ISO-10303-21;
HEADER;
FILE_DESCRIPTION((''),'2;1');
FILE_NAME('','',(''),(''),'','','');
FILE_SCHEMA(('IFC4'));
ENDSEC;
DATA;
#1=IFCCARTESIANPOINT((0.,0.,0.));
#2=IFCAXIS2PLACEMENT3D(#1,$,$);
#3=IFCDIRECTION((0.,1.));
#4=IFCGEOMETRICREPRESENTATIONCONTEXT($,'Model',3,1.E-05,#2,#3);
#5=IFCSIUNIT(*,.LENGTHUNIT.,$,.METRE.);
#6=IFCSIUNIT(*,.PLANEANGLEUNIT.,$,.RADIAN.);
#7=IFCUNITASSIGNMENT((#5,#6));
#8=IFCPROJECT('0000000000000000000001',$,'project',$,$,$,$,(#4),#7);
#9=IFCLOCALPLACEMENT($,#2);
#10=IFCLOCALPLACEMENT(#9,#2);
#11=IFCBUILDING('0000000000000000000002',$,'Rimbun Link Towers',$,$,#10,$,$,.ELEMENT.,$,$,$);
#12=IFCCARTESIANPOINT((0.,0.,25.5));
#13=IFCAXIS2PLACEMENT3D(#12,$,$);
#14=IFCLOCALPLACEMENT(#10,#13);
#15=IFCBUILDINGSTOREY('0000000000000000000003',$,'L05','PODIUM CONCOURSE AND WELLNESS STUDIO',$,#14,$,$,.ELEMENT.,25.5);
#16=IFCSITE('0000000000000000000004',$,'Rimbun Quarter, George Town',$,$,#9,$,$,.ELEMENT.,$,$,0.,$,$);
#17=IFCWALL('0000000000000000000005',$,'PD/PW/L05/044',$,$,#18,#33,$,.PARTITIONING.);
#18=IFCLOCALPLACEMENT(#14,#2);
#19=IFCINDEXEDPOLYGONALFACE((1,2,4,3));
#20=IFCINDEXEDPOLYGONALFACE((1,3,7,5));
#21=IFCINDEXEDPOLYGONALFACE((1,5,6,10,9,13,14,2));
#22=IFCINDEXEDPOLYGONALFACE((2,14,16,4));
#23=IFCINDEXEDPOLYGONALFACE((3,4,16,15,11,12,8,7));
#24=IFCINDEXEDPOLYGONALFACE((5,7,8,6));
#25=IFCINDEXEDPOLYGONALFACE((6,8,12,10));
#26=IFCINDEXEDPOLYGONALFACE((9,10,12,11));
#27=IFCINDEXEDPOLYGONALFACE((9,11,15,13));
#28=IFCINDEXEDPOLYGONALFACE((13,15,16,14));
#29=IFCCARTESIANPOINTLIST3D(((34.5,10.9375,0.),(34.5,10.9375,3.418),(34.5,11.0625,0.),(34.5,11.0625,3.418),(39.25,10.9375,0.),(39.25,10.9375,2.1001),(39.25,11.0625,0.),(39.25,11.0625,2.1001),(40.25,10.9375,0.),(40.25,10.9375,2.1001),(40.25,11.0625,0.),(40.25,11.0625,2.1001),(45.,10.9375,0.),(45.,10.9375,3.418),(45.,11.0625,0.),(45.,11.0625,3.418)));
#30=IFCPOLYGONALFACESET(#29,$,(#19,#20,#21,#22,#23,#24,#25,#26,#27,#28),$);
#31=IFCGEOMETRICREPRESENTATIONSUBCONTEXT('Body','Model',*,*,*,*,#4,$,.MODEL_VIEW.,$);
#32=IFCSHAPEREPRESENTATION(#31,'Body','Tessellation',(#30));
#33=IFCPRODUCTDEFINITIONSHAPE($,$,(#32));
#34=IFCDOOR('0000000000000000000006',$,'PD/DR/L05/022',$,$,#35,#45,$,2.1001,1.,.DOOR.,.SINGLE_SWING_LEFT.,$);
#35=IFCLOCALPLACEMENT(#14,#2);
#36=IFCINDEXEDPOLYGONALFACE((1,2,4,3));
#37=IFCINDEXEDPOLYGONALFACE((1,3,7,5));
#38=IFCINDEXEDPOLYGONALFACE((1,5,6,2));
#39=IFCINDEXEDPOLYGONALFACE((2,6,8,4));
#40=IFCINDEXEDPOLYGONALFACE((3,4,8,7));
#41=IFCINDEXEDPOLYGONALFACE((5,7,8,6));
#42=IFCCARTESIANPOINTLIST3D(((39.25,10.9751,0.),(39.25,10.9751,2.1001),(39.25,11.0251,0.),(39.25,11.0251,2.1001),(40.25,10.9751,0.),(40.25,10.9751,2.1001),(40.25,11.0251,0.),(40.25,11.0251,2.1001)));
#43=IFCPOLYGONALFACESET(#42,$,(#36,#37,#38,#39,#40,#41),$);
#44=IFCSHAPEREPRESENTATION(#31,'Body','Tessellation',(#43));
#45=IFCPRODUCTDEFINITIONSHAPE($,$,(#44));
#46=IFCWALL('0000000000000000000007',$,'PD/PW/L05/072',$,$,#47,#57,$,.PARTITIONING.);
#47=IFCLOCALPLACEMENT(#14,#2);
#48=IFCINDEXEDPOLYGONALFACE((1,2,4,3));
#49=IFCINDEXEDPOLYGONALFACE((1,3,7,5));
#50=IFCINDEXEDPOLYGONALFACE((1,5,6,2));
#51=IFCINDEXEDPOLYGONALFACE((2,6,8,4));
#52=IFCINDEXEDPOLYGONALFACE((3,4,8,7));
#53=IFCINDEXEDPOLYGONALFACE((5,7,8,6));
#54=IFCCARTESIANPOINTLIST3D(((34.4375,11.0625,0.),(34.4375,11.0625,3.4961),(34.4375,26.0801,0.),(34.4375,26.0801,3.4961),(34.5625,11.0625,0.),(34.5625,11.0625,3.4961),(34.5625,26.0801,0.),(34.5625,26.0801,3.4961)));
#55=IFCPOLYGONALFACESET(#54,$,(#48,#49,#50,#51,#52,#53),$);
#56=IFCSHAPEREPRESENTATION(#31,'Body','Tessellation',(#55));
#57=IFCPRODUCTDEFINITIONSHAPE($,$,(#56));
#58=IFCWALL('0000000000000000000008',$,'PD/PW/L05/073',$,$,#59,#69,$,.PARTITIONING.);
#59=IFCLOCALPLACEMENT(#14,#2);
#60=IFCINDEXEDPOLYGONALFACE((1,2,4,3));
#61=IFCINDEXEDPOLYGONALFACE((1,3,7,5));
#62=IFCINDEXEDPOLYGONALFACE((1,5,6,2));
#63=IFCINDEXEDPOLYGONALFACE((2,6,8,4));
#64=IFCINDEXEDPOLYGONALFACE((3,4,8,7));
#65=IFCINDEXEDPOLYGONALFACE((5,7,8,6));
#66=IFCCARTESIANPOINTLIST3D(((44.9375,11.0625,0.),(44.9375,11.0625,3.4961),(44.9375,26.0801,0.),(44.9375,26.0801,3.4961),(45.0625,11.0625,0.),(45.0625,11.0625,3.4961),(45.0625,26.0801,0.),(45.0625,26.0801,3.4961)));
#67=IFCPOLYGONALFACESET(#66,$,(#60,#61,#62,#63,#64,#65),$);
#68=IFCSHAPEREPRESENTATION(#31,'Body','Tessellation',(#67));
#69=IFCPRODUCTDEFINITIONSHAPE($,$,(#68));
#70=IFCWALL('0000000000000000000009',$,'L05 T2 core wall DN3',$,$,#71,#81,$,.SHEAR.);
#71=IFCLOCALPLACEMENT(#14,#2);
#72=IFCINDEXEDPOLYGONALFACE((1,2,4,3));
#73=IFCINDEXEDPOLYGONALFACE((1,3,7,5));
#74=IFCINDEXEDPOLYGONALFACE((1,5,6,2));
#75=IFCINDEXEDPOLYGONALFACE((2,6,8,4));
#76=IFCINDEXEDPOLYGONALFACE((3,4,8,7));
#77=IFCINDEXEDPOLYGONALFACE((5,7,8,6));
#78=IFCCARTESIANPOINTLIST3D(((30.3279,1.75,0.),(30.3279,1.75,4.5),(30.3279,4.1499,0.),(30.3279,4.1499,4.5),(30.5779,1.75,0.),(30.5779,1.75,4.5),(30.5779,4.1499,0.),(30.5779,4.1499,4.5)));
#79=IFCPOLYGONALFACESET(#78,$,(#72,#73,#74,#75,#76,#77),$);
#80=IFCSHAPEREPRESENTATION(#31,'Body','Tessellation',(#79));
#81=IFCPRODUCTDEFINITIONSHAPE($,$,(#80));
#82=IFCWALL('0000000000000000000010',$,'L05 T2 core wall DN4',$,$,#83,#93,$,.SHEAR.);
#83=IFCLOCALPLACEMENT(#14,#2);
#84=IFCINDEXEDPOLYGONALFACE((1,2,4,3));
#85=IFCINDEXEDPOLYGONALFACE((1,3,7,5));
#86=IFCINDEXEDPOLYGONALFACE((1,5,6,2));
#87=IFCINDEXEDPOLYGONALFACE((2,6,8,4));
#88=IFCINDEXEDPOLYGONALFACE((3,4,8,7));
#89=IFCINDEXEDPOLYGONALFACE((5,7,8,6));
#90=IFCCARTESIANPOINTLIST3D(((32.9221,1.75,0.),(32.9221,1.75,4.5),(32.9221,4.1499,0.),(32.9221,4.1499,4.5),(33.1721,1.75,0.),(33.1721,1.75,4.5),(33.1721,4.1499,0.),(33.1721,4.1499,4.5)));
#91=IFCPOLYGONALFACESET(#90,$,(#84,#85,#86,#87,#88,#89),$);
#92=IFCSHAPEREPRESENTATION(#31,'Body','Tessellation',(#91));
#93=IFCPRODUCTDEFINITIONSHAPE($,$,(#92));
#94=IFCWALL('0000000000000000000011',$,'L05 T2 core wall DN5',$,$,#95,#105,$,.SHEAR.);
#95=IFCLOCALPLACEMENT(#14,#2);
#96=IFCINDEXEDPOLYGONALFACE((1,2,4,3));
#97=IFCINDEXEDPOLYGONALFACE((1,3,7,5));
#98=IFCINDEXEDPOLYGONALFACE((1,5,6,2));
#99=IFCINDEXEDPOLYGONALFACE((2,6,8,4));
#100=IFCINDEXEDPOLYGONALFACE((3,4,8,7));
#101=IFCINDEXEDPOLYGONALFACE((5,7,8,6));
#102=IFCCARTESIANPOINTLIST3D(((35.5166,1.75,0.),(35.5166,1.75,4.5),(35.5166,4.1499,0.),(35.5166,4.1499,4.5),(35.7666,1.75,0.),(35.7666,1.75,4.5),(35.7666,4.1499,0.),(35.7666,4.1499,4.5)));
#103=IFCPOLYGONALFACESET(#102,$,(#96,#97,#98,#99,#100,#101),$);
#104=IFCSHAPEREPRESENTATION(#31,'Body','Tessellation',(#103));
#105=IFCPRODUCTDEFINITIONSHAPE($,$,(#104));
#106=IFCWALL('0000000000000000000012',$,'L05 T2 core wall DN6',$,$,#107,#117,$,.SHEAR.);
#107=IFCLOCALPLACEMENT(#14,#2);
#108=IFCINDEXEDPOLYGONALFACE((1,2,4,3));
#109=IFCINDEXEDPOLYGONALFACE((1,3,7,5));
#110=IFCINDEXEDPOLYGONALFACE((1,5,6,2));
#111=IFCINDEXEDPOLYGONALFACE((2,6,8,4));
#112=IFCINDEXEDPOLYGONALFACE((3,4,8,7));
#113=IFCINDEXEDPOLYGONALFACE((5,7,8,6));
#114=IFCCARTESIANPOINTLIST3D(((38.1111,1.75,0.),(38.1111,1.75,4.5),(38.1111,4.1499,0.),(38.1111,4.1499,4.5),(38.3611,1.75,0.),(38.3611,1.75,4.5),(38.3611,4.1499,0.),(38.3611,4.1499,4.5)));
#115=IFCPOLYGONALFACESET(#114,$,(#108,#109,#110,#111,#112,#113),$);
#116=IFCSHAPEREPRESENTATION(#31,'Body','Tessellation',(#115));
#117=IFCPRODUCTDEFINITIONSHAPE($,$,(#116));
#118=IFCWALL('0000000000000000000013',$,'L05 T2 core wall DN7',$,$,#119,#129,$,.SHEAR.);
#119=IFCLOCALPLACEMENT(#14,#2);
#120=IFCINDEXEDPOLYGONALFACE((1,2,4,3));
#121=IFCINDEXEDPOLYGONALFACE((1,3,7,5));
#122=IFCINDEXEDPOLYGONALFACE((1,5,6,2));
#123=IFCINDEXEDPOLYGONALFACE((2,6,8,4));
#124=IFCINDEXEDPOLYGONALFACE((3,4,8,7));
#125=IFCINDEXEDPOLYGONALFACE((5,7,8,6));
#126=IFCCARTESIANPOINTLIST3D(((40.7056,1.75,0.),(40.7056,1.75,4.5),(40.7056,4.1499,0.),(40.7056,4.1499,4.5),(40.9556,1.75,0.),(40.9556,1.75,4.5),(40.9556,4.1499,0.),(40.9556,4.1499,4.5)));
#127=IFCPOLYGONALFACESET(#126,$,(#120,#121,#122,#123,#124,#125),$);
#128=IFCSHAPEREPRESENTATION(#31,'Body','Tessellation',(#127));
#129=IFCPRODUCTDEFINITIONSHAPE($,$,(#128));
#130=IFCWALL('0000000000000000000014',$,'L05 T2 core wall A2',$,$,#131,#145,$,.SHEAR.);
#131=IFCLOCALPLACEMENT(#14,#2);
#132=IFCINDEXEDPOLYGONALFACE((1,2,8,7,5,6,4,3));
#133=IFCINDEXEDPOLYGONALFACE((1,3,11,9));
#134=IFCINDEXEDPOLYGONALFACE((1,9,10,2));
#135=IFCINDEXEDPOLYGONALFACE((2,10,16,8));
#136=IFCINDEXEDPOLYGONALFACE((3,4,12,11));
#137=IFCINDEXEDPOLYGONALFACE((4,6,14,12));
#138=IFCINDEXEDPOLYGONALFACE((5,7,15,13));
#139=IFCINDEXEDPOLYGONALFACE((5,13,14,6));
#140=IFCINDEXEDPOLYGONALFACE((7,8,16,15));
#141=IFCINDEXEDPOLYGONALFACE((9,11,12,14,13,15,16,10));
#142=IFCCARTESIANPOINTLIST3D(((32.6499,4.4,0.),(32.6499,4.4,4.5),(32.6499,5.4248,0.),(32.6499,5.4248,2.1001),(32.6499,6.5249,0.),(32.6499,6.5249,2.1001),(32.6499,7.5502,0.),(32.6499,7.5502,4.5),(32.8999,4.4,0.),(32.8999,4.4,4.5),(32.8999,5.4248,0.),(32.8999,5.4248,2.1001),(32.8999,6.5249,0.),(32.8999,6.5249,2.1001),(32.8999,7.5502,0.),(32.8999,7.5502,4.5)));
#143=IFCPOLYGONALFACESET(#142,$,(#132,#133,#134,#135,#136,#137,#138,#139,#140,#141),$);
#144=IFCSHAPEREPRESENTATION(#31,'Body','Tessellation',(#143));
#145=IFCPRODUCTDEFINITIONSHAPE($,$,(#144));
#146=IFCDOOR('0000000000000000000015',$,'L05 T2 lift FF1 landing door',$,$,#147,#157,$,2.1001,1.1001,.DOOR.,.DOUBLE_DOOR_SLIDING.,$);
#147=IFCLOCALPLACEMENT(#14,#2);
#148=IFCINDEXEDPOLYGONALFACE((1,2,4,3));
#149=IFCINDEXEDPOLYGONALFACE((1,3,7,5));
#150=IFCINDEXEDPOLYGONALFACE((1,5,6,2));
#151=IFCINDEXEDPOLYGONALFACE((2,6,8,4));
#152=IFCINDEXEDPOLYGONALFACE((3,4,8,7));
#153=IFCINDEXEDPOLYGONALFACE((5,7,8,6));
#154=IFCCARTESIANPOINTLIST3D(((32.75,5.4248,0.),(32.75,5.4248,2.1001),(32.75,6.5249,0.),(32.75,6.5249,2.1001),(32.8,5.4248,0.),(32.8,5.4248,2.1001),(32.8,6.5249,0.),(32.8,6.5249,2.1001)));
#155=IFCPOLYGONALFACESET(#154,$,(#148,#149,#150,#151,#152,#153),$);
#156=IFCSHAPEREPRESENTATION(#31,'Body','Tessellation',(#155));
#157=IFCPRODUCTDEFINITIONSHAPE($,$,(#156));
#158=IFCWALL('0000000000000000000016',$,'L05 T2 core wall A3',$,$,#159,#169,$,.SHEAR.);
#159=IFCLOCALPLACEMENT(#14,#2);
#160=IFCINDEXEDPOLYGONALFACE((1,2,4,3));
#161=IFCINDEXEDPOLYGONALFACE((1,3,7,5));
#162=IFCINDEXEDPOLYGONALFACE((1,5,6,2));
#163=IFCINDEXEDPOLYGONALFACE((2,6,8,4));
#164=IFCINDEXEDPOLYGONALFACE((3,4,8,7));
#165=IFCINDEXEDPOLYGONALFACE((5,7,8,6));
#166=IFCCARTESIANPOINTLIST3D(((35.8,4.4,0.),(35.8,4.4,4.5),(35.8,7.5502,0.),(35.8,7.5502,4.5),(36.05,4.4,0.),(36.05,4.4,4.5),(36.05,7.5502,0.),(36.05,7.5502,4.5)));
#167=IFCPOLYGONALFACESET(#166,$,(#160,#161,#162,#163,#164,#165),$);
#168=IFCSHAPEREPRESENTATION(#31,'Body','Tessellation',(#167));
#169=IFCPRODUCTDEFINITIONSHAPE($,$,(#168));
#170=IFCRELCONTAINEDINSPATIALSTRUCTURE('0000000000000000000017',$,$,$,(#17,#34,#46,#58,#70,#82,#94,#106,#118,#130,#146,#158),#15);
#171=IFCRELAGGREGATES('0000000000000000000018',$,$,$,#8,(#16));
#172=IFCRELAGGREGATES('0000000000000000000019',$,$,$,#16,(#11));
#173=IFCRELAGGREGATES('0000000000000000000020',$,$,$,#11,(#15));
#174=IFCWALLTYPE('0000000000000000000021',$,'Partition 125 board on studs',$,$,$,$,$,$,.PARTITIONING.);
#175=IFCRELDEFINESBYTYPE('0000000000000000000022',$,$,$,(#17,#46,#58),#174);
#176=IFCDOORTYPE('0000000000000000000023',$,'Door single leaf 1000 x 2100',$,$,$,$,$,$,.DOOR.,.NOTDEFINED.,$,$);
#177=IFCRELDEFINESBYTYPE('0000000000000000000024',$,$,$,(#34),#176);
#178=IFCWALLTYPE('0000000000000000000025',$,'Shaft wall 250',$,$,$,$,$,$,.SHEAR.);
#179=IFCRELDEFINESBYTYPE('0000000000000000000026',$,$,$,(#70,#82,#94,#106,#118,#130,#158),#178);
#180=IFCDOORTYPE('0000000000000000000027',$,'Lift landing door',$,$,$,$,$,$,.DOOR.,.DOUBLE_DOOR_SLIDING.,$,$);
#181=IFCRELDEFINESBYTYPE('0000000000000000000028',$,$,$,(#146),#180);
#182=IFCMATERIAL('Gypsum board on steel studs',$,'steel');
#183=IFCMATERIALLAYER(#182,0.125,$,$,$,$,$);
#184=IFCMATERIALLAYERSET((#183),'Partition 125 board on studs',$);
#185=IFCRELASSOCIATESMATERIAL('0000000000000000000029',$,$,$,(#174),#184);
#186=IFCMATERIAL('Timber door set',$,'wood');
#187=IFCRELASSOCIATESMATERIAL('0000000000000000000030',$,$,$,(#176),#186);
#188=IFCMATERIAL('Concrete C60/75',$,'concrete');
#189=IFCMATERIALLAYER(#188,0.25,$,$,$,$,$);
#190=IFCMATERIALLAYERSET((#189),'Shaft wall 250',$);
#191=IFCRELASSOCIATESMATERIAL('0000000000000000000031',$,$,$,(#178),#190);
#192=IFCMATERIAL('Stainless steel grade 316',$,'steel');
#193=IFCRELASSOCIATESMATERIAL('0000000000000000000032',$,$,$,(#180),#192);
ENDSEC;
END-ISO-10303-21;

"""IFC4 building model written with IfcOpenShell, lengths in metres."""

from ifc_helpers import new_model, si_unit, direction, frame, frame_2d, origin, place, context, subcontext, project, spatial, rectangle, extrude, material, layer, layer_set, type_object, element, fill, save


model = new_model("IFC4")

# Units and contexts
model_context = context("Model", 3, precision=1e-05, world=origin(), true_north=direction((0.0, 1.0)))
body_context = subcontext(model_context, "Body", "Model", "MODEL_VIEW")
ifc_project = project(units=[si_unit("LENGTHUNIT", "METRE"), si_unit("PLANEANGLEUNIT", "RADIAN")], contexts=[model_context])

# Site, building, storey
site_placement = place(None, origin())
site = spatial("IfcSite", under=ifc_project, at=site_placement, Name="Rimbun Quarter, George Town", CompositionType="ELEMENT", RefElevation=0.0)
building_placement = place(site_placement, origin())
building = spatial("IfcBuilding", under=site, at=building_placement, Name="Rimbun Link Towers", CompositionType="ELEMENT")
storey_placement = place(building_placement, frame((0.0, 0.0, 25.5)))
storey = spatial("IfcBuildingStorey", under=building, at=storey_placement, Name="L05", Description="PODIUM CONCOURSE AND WELLNESS STUDIO", CompositionType="ELEMENT", Elevation=25.5)

# Shared definitions
ifc_material_1 = material(Name="Gypsum board on steel studs", Category="steel")
ifc_layer_1 = layer(ifc_material_1, 0.125)
ifc_layer_set_1 = layer_set([ifc_layer_1], Name="Partition 125 board on studs")
wall_type_1 = type_object("IfcWallType", Name="Partition 125 board on studs", PredefinedType="PARTITIONING", material=ifc_layer_set_1)

# Wall, opening, door
wall_1_placement = place(storey_placement, frame((45.0, 11.0, 0.0), z_axis=(0.0, 0.0, 1.0), x_axis=(-1.0, 0.0, 0.0)))
wall_1 = element("IfcWall", 1, at=wall_1_placement, inside=storey, type_object=wall_type_1, Name="PD/PW/L05/044", PredefinedType="PARTITIONING", context=body_context, shape_type="SweptSolid", body=[
    extrude(rectangle(XDim=10.5, YDim=0.125, at=frame_2d((5.25, 0.0))), origin(), (0.0, 0.0, 1.0), 3.418),
])
opening_1_placement = place(wall_1_placement, frame((4.75, 0.0, 0.0)))
opening_1 = element("IfcOpeningElement", 2, at=opening_1_placement, cuts=wall_1, PredefinedType="OPENING", context=body_context, shape_type="SweptSolid", body=[
    extrude(rectangle(XDim=1.0, YDim=2.1001, at=frame_2d((0.5, 1.05))), frame((0.0, 0.0725, 0.0), z_axis=(0.0, -1.0, 0.0), x_axis=(1.0, 0.0, 0.0)), (0.0, 0.0, 1.0), 0.145),
])
ifc_material_2 = material(Name="Timber door set", Category="wood")
door_type_1 = type_object("IfcDoorType", Name="Door single leaf 1000 x 2100", OperationType="NOTDEFINED", PredefinedType="DOOR", material=ifc_material_2)
door_1_placement = place(opening_1_placement, origin())
door_1 = element("IfcDoor", 3, at=door_1_placement, inside=storey, type_object=door_type_1, Name="PD/DR/L05/022", OperationType="SINGLE_SWING_LEFT", OverallHeight=2.1001, OverallWidth=1.0, PredefinedType="DOOR", context=body_context, shape_type="SweptSolid", body=[
    extrude(rectangle(XDim=1.0, YDim=2.1001, at=frame_2d((0.5, 1.05))), frame((0.0, 0.0249, 0.0), z_axis=(0.0, -1.0, 0.0), x_axis=(1.0, 0.0, 0.0)), (0.0, 0.0, 1.0), 0.05),
])
fill(opening_1, door_1)

# Walls
for number, where, z_axis, x_axis, name in (
    (4, (34.5, 11.0625, 0.0), (0.0, 0.0, 1.0), (0.0, 1.0, 0.0), "PD/PW/L05/072"),
    (5, (45.0, 11.0625, 0.0), (0.0, 0.0, 1.0), (0.0, 1.0, 0.0), "PD/PW/L05/073"),
):
    element("IfcWall", number, at=place(storey_placement, frame(where, z_axis=z_axis, x_axis=x_axis)), inside=storey, type_object=wall_type_1, Name=name, PredefinedType="PARTITIONING", context=body_context, shape_type="SweptSolid", body=[
        extrude(rectangle(XDim=15.0176, YDim=0.125, at=frame_2d((7.5088, 0.0))), origin(), (0.0, 0.0, 1.0), 3.4961),
    ])
ifc_material_3 = material(Name="Concrete C60/75", Category="concrete")
ifc_layer_2 = layer(ifc_material_3, 0.25)
ifc_layer_set_2 = layer_set([ifc_layer_2], Name="Shaft wall 250")
wall_type_2 = type_object("IfcWallType", Name="Shaft wall 250", PredefinedType="SHEAR", material=ifc_layer_set_2)
for number, where, z_axis, x_axis, name in (
    (6, (30.4529, 1.75, 0.0), (0.0, 0.0, 1.0), (0.0, 1.0, 0.0), "L05 T2 core wall DN3"),
    (7, (33.0471, 1.75, 0.0), (0.0, 0.0, 1.0), (0.0, 1.0, 0.0), "L05 T2 core wall DN4"),
    (8, (35.6416, 1.75, 0.0), (0.0, 0.0, 1.0), (0.0, 1.0, 0.0), "L05 T2 core wall DN5"),
    (9, (38.2361, 1.75, 0.0), (0.0, 0.0, 1.0), (0.0, 1.0, 0.0), "L05 T2 core wall DN6"),
    (10, (40.8306, 1.75, 0.0), (0.0, 0.0, 1.0), (0.0, 1.0, 0.0), "L05 T2 core wall DN7"),
):
    element("IfcWall", number, at=place(storey_placement, frame(where, z_axis=z_axis, x_axis=x_axis)), inside=storey, type_object=wall_type_2, Name=name, PredefinedType="SHEAR", context=body_context, shape_type="SweptSolid", body=[
        extrude(rectangle(XDim=2.3999, YDim=0.25, at=frame_2d((1.2, 0.0))), origin(), (0.0, 0.0, 1.0), 4.5),
    ])

# Wall, opening, door
wall_2_placement = place(storey_placement, frame((32.7749, 4.3999, 0.0), z_axis=(0.0, 0.0, 1.0), x_axis=(0.0, 1.0, 0.0)))
wall_2 = element("IfcWall", 11, at=wall_2_placement, inside=storey, type_object=wall_type_2, Name="L05 T2 core wall A2", PredefinedType="SHEAR", context=body_context, shape_type="SweptSolid", body=[
    extrude(rectangle(XDim=3.1501, YDim=0.25, at=frame_2d((1.5752, 0.0))), origin(), (0.0, 0.0, 1.0), 4.5),
])
opening_2_placement = place(wall_2_placement, frame((1.0249, 0.0, 0.0)))
opening_2 = element("IfcOpeningElement", 12, at=opening_2_placement, cuts=wall_2, PredefinedType="OPENING", context=body_context, shape_type="SweptSolid", body=[
    extrude(rectangle(XDim=1.1001, YDim=2.1001, at=frame_2d((0.55, 1.05))), frame((0.0, 0.135, 0.0), z_axis=(0.0, -1.0, 0.0), x_axis=(1.0, 0.0, 0.0)), (0.0, 0.0, 1.0), 0.27),
])
ifc_material_4 = material(Name="Stainless steel grade 316", Category="steel")
door_type_2 = type_object("IfcDoorType", Name="Lift landing door", OperationType="DOUBLE_DOOR_SLIDING", PredefinedType="DOOR", material=ifc_material_4)
door_2_placement = place(opening_2_placement, origin())
door_2 = element("IfcDoor", 13, at=door_2_placement, inside=storey, type_object=door_type_2, Name="L05 T2 lift FF1 landing door", OperationType="DOUBLE_DOOR_SLIDING", OverallHeight=2.1001, OverallWidth=1.1001, PredefinedType="DOOR", context=body_context, shape_type="SweptSolid", body=[
    extrude(rectangle(XDim=1.1001, YDim=2.1001, at=frame_2d((0.55, 1.05))), frame((0.0, 0.0249, 0.0), z_axis=(0.0, -1.0, 0.0), x_axis=(1.0, 0.0, 0.0)), (0.0, 0.0, 1.0), 0.05),
])
fill(opening_2, door_2)

# Wall
wall_3_placement = place(storey_placement, frame((35.925, 4.3999, 0.0), z_axis=(0.0, 0.0, 1.0), x_axis=(0.0, 1.0, 0.0)))
element("IfcWall", 14, at=wall_3_placement, inside=storey, type_object=wall_type_2, Name="L05 T2 core wall A3", PredefinedType="SHEAR", context=body_context, shape_type="SweptSolid", body=[
    extrude(rectangle(XDim=3.1501, YDim=0.25, at=frame_2d((1.5752, 0.0))), origin(), (0.0, 0.0, 1.0), 4.5),
])

save(model, "model.ifc")
